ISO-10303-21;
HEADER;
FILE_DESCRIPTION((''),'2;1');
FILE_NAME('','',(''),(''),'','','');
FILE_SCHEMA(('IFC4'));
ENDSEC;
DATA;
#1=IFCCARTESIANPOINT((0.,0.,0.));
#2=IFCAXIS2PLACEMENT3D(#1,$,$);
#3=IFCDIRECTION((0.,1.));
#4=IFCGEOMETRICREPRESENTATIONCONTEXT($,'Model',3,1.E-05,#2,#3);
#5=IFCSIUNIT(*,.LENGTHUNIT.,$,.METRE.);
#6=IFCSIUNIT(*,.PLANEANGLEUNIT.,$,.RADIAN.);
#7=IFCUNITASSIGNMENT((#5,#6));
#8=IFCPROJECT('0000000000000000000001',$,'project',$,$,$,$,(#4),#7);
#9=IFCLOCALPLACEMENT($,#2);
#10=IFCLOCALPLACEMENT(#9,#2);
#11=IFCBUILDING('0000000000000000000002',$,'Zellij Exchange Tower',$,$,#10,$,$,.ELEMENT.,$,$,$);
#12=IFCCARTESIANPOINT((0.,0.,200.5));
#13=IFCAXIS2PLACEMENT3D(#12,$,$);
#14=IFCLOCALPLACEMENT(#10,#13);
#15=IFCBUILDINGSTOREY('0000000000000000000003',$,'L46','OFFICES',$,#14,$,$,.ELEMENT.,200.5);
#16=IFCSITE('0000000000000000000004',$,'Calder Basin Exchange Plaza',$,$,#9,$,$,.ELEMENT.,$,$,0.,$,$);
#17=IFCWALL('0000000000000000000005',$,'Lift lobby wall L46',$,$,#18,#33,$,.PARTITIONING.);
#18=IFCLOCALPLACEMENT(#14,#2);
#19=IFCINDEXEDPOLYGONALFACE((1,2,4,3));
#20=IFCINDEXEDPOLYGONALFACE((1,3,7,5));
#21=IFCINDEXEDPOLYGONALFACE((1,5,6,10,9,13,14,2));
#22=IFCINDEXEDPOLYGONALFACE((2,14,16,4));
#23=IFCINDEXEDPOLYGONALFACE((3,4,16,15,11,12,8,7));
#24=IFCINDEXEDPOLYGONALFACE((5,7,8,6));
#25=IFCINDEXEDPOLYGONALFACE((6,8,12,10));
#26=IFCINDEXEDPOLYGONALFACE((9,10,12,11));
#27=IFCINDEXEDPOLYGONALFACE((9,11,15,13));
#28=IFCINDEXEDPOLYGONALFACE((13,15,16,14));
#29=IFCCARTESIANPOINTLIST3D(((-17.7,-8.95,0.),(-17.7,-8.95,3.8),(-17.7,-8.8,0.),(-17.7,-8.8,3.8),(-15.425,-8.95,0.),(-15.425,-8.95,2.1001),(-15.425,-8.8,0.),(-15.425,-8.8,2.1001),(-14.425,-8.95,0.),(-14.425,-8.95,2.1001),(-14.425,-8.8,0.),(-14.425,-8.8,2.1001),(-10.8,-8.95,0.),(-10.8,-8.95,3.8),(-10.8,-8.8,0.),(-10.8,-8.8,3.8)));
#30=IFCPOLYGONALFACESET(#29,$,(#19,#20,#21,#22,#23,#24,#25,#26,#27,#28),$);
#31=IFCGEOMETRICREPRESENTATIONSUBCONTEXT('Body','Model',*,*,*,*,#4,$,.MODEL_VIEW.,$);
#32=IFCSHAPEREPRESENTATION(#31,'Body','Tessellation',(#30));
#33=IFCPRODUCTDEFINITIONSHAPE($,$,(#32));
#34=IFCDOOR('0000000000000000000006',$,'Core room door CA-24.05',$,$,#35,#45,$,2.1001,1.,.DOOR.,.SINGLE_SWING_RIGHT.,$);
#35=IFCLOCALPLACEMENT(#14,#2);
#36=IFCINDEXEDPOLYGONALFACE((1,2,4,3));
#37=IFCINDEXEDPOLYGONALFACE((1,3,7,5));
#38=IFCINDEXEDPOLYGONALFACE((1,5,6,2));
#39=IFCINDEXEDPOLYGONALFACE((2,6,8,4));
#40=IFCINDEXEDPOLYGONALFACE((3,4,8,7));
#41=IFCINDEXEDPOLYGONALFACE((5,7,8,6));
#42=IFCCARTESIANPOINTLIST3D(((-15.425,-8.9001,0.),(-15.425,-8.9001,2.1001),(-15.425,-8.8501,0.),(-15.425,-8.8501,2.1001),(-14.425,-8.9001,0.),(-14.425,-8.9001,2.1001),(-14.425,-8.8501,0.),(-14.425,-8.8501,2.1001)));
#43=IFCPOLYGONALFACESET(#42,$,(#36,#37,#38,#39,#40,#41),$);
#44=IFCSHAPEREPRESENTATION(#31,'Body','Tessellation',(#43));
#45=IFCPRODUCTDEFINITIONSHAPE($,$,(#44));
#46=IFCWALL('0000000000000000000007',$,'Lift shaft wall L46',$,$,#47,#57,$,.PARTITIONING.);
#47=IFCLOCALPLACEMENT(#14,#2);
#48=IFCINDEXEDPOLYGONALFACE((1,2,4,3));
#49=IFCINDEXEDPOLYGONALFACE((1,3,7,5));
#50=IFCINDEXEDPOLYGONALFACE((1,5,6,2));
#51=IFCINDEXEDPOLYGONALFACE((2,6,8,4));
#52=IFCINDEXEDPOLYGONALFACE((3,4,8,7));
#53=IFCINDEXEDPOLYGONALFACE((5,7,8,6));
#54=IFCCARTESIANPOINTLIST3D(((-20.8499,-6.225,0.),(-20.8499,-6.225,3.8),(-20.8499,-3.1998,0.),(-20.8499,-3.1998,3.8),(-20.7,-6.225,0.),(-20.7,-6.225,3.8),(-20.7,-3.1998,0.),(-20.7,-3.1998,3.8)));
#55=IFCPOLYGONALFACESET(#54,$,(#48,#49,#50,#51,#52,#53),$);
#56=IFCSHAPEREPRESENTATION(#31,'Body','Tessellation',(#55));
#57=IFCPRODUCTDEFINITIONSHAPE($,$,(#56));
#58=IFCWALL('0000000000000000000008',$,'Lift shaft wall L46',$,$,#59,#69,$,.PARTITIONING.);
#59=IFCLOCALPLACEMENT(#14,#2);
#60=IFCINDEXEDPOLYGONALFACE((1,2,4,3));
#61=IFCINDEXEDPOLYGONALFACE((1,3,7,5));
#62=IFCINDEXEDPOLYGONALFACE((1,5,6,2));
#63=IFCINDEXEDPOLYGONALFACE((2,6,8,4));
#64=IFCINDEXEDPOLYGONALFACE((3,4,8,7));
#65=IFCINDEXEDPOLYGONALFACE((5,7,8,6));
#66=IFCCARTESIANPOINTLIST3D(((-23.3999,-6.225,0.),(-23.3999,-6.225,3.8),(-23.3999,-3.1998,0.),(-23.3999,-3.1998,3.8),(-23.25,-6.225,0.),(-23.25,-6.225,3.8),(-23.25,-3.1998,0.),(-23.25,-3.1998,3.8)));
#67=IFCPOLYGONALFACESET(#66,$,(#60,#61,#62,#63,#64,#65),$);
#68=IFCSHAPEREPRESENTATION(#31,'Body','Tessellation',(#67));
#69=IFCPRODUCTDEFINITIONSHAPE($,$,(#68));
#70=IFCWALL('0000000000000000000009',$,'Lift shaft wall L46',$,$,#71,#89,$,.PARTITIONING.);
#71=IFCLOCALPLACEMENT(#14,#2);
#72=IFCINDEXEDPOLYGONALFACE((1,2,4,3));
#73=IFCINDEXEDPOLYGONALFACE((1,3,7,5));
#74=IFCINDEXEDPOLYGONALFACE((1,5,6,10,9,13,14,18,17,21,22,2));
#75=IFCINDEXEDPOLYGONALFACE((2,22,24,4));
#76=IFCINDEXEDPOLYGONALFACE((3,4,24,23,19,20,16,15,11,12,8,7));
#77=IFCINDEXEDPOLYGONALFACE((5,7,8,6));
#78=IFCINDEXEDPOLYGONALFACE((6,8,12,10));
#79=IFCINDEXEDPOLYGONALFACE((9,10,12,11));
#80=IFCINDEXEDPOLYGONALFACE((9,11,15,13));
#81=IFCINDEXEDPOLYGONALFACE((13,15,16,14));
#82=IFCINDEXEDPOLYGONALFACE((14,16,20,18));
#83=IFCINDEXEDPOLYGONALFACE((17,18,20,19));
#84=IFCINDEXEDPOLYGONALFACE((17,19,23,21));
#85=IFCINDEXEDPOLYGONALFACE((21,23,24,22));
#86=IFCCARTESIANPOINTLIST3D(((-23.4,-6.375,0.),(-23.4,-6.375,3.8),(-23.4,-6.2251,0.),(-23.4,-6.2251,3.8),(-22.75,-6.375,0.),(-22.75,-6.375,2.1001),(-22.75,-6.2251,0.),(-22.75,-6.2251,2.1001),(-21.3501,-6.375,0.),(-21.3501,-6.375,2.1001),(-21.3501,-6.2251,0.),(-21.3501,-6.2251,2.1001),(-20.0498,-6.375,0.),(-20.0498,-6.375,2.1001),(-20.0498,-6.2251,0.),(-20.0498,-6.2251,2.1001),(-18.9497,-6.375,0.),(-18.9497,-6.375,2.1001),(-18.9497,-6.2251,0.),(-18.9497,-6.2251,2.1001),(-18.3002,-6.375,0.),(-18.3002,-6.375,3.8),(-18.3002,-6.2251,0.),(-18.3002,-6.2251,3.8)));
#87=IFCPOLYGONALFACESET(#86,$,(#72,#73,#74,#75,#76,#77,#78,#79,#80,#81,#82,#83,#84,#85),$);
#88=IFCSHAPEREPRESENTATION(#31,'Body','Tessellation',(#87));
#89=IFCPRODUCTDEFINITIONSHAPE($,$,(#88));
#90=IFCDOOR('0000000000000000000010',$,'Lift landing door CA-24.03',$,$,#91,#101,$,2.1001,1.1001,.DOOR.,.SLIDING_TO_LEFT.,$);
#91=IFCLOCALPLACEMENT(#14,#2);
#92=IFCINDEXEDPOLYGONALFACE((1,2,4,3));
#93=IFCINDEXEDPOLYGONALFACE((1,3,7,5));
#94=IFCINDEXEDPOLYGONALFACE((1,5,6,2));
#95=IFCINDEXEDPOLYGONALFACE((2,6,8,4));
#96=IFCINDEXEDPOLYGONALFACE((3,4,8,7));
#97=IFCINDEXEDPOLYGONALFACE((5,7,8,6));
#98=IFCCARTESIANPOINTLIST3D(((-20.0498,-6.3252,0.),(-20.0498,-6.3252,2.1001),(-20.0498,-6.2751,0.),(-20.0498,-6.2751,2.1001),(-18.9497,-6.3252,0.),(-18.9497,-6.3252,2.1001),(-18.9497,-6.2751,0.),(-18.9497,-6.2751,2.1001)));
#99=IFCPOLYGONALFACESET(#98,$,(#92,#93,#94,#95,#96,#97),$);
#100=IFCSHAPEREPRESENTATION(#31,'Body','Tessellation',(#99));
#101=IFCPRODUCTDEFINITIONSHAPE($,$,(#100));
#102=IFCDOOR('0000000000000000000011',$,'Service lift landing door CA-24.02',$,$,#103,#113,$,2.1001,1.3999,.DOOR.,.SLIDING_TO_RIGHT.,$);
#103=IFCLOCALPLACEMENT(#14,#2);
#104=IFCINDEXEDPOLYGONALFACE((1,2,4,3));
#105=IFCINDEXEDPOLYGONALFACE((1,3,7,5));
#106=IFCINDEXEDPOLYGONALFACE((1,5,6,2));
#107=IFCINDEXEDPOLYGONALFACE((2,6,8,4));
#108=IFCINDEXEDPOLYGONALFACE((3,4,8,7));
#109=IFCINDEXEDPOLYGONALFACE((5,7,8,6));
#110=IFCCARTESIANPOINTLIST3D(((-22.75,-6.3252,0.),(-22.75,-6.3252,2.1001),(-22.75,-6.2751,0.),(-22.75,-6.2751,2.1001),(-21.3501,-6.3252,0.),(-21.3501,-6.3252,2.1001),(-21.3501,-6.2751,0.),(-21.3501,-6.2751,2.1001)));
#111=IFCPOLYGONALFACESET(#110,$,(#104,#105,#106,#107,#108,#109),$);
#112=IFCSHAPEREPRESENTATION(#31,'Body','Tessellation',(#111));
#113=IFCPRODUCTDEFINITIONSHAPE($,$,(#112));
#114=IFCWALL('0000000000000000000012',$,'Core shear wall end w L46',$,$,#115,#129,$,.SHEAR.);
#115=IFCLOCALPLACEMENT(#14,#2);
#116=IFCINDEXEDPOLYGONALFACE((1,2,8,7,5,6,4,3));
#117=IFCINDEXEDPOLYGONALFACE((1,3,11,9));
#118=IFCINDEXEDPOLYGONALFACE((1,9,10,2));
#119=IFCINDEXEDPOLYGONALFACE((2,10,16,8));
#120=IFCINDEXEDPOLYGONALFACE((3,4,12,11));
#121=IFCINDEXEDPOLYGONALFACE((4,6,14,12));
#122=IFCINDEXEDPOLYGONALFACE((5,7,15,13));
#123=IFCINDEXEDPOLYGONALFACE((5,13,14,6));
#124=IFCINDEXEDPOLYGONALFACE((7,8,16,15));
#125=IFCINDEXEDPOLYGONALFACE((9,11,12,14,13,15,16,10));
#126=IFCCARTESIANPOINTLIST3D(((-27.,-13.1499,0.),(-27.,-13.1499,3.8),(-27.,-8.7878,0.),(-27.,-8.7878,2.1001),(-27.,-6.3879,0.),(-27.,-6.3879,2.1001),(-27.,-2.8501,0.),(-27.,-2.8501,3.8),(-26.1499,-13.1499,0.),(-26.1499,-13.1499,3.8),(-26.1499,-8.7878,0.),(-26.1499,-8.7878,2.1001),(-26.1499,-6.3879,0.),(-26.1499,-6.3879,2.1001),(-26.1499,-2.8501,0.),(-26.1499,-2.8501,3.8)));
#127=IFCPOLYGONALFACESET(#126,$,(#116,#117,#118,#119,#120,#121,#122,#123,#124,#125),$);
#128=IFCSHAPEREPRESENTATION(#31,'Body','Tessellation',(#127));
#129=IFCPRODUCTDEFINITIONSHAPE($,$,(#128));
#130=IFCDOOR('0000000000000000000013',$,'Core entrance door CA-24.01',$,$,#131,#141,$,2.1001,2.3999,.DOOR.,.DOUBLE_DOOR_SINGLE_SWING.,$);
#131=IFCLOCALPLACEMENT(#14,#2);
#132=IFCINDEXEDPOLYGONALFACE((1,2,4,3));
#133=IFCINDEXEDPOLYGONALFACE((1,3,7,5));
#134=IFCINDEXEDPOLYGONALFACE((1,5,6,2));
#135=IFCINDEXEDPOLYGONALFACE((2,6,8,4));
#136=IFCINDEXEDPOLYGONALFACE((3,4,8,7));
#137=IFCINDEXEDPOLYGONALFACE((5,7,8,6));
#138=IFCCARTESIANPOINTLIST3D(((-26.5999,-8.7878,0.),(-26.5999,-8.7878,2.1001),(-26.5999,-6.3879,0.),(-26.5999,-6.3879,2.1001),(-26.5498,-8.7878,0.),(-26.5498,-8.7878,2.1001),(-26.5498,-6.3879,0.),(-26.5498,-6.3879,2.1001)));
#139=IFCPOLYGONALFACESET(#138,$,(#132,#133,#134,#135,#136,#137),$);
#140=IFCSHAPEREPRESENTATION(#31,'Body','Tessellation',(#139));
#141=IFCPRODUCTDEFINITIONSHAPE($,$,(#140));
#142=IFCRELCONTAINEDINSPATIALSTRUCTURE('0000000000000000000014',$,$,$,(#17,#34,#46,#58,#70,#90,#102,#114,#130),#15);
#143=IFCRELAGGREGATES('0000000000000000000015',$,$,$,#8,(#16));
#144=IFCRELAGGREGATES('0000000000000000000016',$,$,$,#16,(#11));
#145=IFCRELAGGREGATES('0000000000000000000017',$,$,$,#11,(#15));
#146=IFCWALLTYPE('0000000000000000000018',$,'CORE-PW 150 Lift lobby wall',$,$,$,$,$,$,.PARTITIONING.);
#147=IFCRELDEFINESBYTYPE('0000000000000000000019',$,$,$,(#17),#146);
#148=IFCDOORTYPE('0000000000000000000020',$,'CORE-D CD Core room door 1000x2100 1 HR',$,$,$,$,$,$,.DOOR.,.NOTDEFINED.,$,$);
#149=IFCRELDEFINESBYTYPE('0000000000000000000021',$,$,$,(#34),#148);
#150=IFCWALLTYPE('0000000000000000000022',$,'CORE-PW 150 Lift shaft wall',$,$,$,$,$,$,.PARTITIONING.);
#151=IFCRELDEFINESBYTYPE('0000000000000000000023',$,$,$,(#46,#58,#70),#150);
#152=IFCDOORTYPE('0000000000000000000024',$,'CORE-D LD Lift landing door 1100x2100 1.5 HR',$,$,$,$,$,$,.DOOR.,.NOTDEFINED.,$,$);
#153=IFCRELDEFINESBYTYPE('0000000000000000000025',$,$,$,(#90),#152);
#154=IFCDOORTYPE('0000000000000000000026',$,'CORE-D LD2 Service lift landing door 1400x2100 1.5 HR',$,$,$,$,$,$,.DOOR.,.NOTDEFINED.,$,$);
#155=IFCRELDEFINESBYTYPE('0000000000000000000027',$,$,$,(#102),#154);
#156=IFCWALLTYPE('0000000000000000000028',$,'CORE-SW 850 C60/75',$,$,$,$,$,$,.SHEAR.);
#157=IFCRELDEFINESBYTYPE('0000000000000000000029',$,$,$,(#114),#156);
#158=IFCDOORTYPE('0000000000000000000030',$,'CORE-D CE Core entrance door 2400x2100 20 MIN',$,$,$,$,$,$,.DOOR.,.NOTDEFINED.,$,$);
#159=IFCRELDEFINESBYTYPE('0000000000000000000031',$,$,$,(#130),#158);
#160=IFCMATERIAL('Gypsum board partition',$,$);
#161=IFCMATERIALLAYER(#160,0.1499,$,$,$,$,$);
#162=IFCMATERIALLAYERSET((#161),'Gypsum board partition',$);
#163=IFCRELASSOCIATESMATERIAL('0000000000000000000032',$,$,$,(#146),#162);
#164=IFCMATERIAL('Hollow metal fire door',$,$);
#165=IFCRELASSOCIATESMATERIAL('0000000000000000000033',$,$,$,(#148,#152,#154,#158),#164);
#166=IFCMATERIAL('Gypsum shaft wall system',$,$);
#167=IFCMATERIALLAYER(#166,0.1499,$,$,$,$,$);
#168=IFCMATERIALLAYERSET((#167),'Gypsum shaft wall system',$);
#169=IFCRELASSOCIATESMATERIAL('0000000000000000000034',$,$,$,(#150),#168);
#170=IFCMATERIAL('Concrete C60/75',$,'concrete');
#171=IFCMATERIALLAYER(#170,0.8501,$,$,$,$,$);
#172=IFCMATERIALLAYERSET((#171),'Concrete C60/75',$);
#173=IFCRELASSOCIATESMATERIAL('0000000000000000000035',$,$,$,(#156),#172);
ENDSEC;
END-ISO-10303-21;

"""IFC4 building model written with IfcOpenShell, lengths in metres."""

from ifc_helpers import new_model, si_unit, direction, frame, frame_2d, origin, place, context, subcontext, project, spatial, rectangle, extrude, material, layer, layer_set, type_object, element, fill, save


model = new_model("IFC4")

# Units and contexts
model_context = context("Model", 3, precision=1e-05, world=origin(), true_north=direction((0.0, 1.0)))
body_context = subcontext(model_context, "Body", "Model", "MODEL_VIEW")
ifc_project = project(units=[si_unit("LENGTHUNIT", "METRE"), si_unit("PLANEANGLEUNIT", "RADIAN")], contexts=[model_context])

# Site, building, storey
site_placement = place(None, origin())
site = spatial("IfcSite", under=ifc_project, at=site_placement, Name="Calder Basin Exchange Plaza", CompositionType="ELEMENT", RefElevation=0.0)
building_placement = place(site_placement, origin())
building = spatial("IfcBuilding", under=site, at=building_placement, Name="Zellij Exchange Tower", CompositionType="ELEMENT")
storey_placement = place(building_placement, frame((0.0, 0.0, 200.5)))
storey = spatial("IfcBuildingStorey", under=building, at=storey_placement, Name="L46", Description="OFFICES", CompositionType="ELEMENT", Elevation=200.5)

# Shared definitions
ifc_material_1 = material(Name="Concrete C60/75", Category="concrete")
ifc_material_2 = material(Name="Gypsum board partition")
ifc_layer_1 = layer(ifc_material_2, 0.1499)
ifc_layer_set_1 = layer_set([ifc_layer_1], Name="Gypsum board partition")
wall_type_1 = type_object("IfcWallType", Name="CORE-PW 150 Lift lobby wall", PredefinedType="PARTITIONING", material=ifc_layer_set_1)

# Wall, opening, door
ifc_material_3 = material(Name="Hollow metal fire door")
door_type_1 = type_object("IfcDoorType", Name="CORE-D CD Core room door 1000x2100 1 HR", OperationType="NOTDEFINED", PredefinedType="DOOR", material=ifc_material_3)
wall_1_placement = place(storey_placement, frame((-17.7, -8.875, 0.0), z_axis=(0.0, 0.0, 1.0), x_axis=(1.0, 0.0, 0.0)))
wall_1 = element("IfcWall", 1, at=wall_1_placement, inside=storey, type_object=wall_type_1, Name="Lift lobby wall L46", PredefinedType="PARTITIONING", context=body_context, shape_type="SweptSolid", body=[
    extrude(rectangle(XDim=6.8999, YDim=0.1499, at=frame_2d((3.45, 0.0))), origin(), (0.0, 0.0, 1.0), 3.8),
])
opening_1_placement = place(wall_1_placement, frame((2.2749, 0.0, 0.0)))
opening_1 = element("IfcOpeningElement", 2, at=opening_1_placement, cuts=wall_1, PredefinedType="OPENING", context=body_context, shape_type="SweptSolid", body=[
    extrude(rectangle(XDim=1.0, YDim=2.1001, at=frame_2d((0.5, 1.05))), frame((0.0, 0.0869, 0.0), z_axis=(0.0, -1.0, 0.0), x_axis=(1.0, 0.0, 0.0)), (0.0, 0.0, 1.0), 0.1738),
])
door_1_placement = place(opening_1_placement, origin())
door_1 = element("IfcDoor", 3, at=door_1_placement, inside=storey, type_object=door_type_1, Name="Core room door CA-24.05", OperationType="SINGLE_SWING_RIGHT", OverallHeight=2.1001, OverallWidth=1.0, PredefinedType="DOOR", context=body_context, shape_type="SweptSolid", body=[
    extrude(rectangle(XDim=1.0, YDim=2.1001, at=frame_2d((0.5, 1.05))), frame((0.0, 0.0249, 0.0), z_axis=(0.0, -1.0, 0.0), x_axis=(1.0, 0.0, 0.0)), (0.0, 0.0, 1.0), 0.05),
])
fill(opening_1, door_1)

# Walls
ifc_material_4 = material(Name="Gypsum shaft wall system")
ifc_layer_2 = layer(ifc_material_4, 0.1499)
ifc_layer_set_2 = layer_set([ifc_layer_2], Name="Gypsum shaft wall system")
wall_type_2 = type_object("IfcWallType", Name="CORE-PW 150 Lift shaft wall", PredefinedType="PARTITIONING", material=ifc_layer_set_2)
for number, where, z_axis, x_axis, name in (
    (4, (-20.7749, -6.2251, 0.0), (0.0, 0.0, 1.0), (0.0, 1.0, 0.0), "Lift shaft wall L46"),
    (5, (-23.325, -6.2251, 0.0), (0.0, 0.0, 1.0), (0.0, 1.0, 0.0), "Lift shaft wall L46"),
):
    element("IfcWall", number, at=place(storey_placement, frame(where, z_axis=z_axis, x_axis=x_axis)), inside=storey, type_object=wall_type_2, Name=name, PredefinedType="PARTITIONING", context=body_context, shape_type="SweptSolid", body=[
        extrude(rectangle(XDim=3.0251, YDim=0.1499, at=frame_2d((1.5127, 0.0))), origin(), (0.0, 0.0, 1.0), 3.8),
    ])

# Wall, openings, doors
wall_2_placement = place(storey_placement, frame((-23.3999, -6.3, 0.0), z_axis=(0.0, 0.0, 1.0), x_axis=(1.0, 0.0, 0.0)))
wall_2 = element("IfcWall", 6, at=wall_2_placement, inside=storey, type_object=wall_type_2, Name="Lift shaft wall L46", PredefinedType="PARTITIONING", context=body_context, shape_type="SweptSolid", body=[
    extrude(rectangle(XDim=5.0999, YDim=0.1499, at=frame_2d((2.5498, 0.0))), origin(), (0.0, 0.0, 1.0), 3.8),
])
opening_2_placement = place(wall_2_placement, frame((0.6499, 0.0, 0.0)))
opening_2 = element("IfcOpeningElement", 7, at=opening_2_placement, cuts=wall_2, PredefinedType="OPENING", context=body_context, shape_type="SweptSolid", body=[
    extrude(rectangle(XDim=1.3999, YDim=2.1001, at=frame_2d((0.7, 1.05))), frame((0.0, 0.0869, 0.0), z_axis=(0.0, -1.0, 0.0), x_axis=(1.0, 0.0, 0.0)), (0.0, 0.0, 1.0), 0.1738),
])
opening_3_placement = place(wall_2_placement, frame((3.3501, 0.0, 0.0)))
opening_3 = element("IfcOpeningElement", 8, at=opening_3_placement, cuts=wall_2, PredefinedType="OPENING", context=body_context, shape_type="SweptSolid", body=[
    extrude(rectangle(XDim=1.1001, YDim=2.1001, at=frame_2d((0.55, 1.05))), frame((0.0, 0.0869, 0.0), z_axis=(0.0, -1.0, 0.0), x_axis=(1.0, 0.0, 0.0)), (0.0, 0.0, 1.0), 0.1738),
])
door_type_2 = type_object("IfcDoorType", Name="CORE-D LD Lift landing door 1100x2100 1.5 HR", OperationType="NOTDEFINED", PredefinedType="DOOR", material=ifc_material_3)
door_2_placement = place(opening_3_placement, origin())
door_2 = element("IfcDoor", 9, at=door_2_placement, inside=storey, type_object=door_type_2, Name="Lift landing door CA-24.03", OperationType="SLIDING_TO_LEFT", OverallHeight=2.1001, OverallWidth=1.1001, PredefinedType="DOOR", context=body_context, shape_type="SweptSolid", body=[
    extrude(rectangle(XDim=1.1001, YDim=2.1001, at=frame_2d((0.55, 1.05))), frame((0.0, 0.0249, 0.0), z_axis=(0.0, -1.0, 0.0), x_axis=(1.0, 0.0, 0.0)), (0.0, 0.0, 1.0), 0.05),
])
fill(opening_3, door_2)
door_type_3 = type_object("IfcDoorType", Name="CORE-D LD2 Service lift landing door 1400x2100 1.5 HR", OperationType="NOTDEFINED", PredefinedType="DOOR", material=ifc_material_3)
door_3_placement = place(opening_2_placement, origin())
door_3 = element("IfcDoor", 10, at=door_3_placement, inside=storey, type_object=door_type_3, Name="Service lift landing door CA-24.02", OperationType="SLIDING_TO_RIGHT", OverallHeight=2.1001, OverallWidth=1.3999, PredefinedType="DOOR", context=body_context, shape_type="SweptSolid", body=[
    extrude(rectangle(XDim=1.3999, YDim=2.1001, at=frame_2d((0.7, 1.05))), frame((0.0, 0.0249, 0.0), z_axis=(0.0, -1.0, 0.0), x_axis=(1.0, 0.0, 0.0)), (0.0, 0.0, 1.0), 0.05),
])
fill(opening_2, door_3)

# Wall, opening, door
ifc_layer_3 = layer(ifc_material_1, 0.8501)
ifc_layer_set_3 = layer_set([ifc_layer_3], Name="Concrete C60/75")
wall_type_3 = type_object("IfcWallType", Name="CORE-SW 850 C60/75", PredefinedType="SHEAR", material=ifc_layer_set_3)
wall_3_placement = place(storey_placement, frame((-26.575, -13.1499, 0.0), z_axis=(0.0, 0.0, 1.0), x_axis=(0.0, 1.0, 0.0)))
wall_3 = element("IfcWall", 11, at=wall_3_placement, inside=storey, type_object=wall_type_3, Name="Core shear wall end w L46", PredefinedType="SHEAR", context=body_context, shape_type="SweptSolid", body=[
    extrude(rectangle(XDim=10.2998, YDim=0.8501, at=frame_2d((5.1499, 0.0))), origin(), (0.0, 0.0, 1.0), 3.8),
])
opening_4_placement = place(wall_3_placement, frame((4.3621, 0.0, 0.0)))
opening_4 = element("IfcOpeningElement", 12, at=opening_4_placement, cuts=wall_3, PredefinedType="OPENING", context=body_context, shape_type="SweptSolid", body=[
    extrude(rectangle(XDim=2.3999, YDim=2.1001, at=frame_2d((1.2, 1.05))), frame((0.0, 0.437, 0.0), z_axis=(0.0, -1.0, 0.0), x_axis=(1.0, 0.0, 0.0)), (0.0, 0.0, 1.0), 0.874),
])
door_type_4 = type_object("IfcDoorType", Name="CORE-D CE Core entrance door 2400x2100 20 MIN", OperationType="NOTDEFINED", PredefinedType="DOOR", material=ifc_material_3)
door_4_placement = place(opening_4_placement, origin())
door_4 = element("IfcDoor", 13, at=door_4_placement, inside=storey, type_object=door_type_4, Name="Core entrance door CA-24.01", OperationType="DOUBLE_DOOR_SINGLE_SWING", OverallHeight=2.1001, OverallWidth=2.3999, PredefinedType="DOOR", context=body_context, shape_type="SweptSolid", body=[
    extrude(rectangle(XDim=2.3999, YDim=2.1001, at=frame_2d((1.2, 1.05))), frame((0.0, 0.0249, 0.0), z_axis=(0.0, -1.0, 0.0), x_axis=(1.0, 0.0, 0.0)), (0.0, 0.0, 1.0), 0.05),
])
fill(opening_4, door_4)

save(model, "model.ifc")
